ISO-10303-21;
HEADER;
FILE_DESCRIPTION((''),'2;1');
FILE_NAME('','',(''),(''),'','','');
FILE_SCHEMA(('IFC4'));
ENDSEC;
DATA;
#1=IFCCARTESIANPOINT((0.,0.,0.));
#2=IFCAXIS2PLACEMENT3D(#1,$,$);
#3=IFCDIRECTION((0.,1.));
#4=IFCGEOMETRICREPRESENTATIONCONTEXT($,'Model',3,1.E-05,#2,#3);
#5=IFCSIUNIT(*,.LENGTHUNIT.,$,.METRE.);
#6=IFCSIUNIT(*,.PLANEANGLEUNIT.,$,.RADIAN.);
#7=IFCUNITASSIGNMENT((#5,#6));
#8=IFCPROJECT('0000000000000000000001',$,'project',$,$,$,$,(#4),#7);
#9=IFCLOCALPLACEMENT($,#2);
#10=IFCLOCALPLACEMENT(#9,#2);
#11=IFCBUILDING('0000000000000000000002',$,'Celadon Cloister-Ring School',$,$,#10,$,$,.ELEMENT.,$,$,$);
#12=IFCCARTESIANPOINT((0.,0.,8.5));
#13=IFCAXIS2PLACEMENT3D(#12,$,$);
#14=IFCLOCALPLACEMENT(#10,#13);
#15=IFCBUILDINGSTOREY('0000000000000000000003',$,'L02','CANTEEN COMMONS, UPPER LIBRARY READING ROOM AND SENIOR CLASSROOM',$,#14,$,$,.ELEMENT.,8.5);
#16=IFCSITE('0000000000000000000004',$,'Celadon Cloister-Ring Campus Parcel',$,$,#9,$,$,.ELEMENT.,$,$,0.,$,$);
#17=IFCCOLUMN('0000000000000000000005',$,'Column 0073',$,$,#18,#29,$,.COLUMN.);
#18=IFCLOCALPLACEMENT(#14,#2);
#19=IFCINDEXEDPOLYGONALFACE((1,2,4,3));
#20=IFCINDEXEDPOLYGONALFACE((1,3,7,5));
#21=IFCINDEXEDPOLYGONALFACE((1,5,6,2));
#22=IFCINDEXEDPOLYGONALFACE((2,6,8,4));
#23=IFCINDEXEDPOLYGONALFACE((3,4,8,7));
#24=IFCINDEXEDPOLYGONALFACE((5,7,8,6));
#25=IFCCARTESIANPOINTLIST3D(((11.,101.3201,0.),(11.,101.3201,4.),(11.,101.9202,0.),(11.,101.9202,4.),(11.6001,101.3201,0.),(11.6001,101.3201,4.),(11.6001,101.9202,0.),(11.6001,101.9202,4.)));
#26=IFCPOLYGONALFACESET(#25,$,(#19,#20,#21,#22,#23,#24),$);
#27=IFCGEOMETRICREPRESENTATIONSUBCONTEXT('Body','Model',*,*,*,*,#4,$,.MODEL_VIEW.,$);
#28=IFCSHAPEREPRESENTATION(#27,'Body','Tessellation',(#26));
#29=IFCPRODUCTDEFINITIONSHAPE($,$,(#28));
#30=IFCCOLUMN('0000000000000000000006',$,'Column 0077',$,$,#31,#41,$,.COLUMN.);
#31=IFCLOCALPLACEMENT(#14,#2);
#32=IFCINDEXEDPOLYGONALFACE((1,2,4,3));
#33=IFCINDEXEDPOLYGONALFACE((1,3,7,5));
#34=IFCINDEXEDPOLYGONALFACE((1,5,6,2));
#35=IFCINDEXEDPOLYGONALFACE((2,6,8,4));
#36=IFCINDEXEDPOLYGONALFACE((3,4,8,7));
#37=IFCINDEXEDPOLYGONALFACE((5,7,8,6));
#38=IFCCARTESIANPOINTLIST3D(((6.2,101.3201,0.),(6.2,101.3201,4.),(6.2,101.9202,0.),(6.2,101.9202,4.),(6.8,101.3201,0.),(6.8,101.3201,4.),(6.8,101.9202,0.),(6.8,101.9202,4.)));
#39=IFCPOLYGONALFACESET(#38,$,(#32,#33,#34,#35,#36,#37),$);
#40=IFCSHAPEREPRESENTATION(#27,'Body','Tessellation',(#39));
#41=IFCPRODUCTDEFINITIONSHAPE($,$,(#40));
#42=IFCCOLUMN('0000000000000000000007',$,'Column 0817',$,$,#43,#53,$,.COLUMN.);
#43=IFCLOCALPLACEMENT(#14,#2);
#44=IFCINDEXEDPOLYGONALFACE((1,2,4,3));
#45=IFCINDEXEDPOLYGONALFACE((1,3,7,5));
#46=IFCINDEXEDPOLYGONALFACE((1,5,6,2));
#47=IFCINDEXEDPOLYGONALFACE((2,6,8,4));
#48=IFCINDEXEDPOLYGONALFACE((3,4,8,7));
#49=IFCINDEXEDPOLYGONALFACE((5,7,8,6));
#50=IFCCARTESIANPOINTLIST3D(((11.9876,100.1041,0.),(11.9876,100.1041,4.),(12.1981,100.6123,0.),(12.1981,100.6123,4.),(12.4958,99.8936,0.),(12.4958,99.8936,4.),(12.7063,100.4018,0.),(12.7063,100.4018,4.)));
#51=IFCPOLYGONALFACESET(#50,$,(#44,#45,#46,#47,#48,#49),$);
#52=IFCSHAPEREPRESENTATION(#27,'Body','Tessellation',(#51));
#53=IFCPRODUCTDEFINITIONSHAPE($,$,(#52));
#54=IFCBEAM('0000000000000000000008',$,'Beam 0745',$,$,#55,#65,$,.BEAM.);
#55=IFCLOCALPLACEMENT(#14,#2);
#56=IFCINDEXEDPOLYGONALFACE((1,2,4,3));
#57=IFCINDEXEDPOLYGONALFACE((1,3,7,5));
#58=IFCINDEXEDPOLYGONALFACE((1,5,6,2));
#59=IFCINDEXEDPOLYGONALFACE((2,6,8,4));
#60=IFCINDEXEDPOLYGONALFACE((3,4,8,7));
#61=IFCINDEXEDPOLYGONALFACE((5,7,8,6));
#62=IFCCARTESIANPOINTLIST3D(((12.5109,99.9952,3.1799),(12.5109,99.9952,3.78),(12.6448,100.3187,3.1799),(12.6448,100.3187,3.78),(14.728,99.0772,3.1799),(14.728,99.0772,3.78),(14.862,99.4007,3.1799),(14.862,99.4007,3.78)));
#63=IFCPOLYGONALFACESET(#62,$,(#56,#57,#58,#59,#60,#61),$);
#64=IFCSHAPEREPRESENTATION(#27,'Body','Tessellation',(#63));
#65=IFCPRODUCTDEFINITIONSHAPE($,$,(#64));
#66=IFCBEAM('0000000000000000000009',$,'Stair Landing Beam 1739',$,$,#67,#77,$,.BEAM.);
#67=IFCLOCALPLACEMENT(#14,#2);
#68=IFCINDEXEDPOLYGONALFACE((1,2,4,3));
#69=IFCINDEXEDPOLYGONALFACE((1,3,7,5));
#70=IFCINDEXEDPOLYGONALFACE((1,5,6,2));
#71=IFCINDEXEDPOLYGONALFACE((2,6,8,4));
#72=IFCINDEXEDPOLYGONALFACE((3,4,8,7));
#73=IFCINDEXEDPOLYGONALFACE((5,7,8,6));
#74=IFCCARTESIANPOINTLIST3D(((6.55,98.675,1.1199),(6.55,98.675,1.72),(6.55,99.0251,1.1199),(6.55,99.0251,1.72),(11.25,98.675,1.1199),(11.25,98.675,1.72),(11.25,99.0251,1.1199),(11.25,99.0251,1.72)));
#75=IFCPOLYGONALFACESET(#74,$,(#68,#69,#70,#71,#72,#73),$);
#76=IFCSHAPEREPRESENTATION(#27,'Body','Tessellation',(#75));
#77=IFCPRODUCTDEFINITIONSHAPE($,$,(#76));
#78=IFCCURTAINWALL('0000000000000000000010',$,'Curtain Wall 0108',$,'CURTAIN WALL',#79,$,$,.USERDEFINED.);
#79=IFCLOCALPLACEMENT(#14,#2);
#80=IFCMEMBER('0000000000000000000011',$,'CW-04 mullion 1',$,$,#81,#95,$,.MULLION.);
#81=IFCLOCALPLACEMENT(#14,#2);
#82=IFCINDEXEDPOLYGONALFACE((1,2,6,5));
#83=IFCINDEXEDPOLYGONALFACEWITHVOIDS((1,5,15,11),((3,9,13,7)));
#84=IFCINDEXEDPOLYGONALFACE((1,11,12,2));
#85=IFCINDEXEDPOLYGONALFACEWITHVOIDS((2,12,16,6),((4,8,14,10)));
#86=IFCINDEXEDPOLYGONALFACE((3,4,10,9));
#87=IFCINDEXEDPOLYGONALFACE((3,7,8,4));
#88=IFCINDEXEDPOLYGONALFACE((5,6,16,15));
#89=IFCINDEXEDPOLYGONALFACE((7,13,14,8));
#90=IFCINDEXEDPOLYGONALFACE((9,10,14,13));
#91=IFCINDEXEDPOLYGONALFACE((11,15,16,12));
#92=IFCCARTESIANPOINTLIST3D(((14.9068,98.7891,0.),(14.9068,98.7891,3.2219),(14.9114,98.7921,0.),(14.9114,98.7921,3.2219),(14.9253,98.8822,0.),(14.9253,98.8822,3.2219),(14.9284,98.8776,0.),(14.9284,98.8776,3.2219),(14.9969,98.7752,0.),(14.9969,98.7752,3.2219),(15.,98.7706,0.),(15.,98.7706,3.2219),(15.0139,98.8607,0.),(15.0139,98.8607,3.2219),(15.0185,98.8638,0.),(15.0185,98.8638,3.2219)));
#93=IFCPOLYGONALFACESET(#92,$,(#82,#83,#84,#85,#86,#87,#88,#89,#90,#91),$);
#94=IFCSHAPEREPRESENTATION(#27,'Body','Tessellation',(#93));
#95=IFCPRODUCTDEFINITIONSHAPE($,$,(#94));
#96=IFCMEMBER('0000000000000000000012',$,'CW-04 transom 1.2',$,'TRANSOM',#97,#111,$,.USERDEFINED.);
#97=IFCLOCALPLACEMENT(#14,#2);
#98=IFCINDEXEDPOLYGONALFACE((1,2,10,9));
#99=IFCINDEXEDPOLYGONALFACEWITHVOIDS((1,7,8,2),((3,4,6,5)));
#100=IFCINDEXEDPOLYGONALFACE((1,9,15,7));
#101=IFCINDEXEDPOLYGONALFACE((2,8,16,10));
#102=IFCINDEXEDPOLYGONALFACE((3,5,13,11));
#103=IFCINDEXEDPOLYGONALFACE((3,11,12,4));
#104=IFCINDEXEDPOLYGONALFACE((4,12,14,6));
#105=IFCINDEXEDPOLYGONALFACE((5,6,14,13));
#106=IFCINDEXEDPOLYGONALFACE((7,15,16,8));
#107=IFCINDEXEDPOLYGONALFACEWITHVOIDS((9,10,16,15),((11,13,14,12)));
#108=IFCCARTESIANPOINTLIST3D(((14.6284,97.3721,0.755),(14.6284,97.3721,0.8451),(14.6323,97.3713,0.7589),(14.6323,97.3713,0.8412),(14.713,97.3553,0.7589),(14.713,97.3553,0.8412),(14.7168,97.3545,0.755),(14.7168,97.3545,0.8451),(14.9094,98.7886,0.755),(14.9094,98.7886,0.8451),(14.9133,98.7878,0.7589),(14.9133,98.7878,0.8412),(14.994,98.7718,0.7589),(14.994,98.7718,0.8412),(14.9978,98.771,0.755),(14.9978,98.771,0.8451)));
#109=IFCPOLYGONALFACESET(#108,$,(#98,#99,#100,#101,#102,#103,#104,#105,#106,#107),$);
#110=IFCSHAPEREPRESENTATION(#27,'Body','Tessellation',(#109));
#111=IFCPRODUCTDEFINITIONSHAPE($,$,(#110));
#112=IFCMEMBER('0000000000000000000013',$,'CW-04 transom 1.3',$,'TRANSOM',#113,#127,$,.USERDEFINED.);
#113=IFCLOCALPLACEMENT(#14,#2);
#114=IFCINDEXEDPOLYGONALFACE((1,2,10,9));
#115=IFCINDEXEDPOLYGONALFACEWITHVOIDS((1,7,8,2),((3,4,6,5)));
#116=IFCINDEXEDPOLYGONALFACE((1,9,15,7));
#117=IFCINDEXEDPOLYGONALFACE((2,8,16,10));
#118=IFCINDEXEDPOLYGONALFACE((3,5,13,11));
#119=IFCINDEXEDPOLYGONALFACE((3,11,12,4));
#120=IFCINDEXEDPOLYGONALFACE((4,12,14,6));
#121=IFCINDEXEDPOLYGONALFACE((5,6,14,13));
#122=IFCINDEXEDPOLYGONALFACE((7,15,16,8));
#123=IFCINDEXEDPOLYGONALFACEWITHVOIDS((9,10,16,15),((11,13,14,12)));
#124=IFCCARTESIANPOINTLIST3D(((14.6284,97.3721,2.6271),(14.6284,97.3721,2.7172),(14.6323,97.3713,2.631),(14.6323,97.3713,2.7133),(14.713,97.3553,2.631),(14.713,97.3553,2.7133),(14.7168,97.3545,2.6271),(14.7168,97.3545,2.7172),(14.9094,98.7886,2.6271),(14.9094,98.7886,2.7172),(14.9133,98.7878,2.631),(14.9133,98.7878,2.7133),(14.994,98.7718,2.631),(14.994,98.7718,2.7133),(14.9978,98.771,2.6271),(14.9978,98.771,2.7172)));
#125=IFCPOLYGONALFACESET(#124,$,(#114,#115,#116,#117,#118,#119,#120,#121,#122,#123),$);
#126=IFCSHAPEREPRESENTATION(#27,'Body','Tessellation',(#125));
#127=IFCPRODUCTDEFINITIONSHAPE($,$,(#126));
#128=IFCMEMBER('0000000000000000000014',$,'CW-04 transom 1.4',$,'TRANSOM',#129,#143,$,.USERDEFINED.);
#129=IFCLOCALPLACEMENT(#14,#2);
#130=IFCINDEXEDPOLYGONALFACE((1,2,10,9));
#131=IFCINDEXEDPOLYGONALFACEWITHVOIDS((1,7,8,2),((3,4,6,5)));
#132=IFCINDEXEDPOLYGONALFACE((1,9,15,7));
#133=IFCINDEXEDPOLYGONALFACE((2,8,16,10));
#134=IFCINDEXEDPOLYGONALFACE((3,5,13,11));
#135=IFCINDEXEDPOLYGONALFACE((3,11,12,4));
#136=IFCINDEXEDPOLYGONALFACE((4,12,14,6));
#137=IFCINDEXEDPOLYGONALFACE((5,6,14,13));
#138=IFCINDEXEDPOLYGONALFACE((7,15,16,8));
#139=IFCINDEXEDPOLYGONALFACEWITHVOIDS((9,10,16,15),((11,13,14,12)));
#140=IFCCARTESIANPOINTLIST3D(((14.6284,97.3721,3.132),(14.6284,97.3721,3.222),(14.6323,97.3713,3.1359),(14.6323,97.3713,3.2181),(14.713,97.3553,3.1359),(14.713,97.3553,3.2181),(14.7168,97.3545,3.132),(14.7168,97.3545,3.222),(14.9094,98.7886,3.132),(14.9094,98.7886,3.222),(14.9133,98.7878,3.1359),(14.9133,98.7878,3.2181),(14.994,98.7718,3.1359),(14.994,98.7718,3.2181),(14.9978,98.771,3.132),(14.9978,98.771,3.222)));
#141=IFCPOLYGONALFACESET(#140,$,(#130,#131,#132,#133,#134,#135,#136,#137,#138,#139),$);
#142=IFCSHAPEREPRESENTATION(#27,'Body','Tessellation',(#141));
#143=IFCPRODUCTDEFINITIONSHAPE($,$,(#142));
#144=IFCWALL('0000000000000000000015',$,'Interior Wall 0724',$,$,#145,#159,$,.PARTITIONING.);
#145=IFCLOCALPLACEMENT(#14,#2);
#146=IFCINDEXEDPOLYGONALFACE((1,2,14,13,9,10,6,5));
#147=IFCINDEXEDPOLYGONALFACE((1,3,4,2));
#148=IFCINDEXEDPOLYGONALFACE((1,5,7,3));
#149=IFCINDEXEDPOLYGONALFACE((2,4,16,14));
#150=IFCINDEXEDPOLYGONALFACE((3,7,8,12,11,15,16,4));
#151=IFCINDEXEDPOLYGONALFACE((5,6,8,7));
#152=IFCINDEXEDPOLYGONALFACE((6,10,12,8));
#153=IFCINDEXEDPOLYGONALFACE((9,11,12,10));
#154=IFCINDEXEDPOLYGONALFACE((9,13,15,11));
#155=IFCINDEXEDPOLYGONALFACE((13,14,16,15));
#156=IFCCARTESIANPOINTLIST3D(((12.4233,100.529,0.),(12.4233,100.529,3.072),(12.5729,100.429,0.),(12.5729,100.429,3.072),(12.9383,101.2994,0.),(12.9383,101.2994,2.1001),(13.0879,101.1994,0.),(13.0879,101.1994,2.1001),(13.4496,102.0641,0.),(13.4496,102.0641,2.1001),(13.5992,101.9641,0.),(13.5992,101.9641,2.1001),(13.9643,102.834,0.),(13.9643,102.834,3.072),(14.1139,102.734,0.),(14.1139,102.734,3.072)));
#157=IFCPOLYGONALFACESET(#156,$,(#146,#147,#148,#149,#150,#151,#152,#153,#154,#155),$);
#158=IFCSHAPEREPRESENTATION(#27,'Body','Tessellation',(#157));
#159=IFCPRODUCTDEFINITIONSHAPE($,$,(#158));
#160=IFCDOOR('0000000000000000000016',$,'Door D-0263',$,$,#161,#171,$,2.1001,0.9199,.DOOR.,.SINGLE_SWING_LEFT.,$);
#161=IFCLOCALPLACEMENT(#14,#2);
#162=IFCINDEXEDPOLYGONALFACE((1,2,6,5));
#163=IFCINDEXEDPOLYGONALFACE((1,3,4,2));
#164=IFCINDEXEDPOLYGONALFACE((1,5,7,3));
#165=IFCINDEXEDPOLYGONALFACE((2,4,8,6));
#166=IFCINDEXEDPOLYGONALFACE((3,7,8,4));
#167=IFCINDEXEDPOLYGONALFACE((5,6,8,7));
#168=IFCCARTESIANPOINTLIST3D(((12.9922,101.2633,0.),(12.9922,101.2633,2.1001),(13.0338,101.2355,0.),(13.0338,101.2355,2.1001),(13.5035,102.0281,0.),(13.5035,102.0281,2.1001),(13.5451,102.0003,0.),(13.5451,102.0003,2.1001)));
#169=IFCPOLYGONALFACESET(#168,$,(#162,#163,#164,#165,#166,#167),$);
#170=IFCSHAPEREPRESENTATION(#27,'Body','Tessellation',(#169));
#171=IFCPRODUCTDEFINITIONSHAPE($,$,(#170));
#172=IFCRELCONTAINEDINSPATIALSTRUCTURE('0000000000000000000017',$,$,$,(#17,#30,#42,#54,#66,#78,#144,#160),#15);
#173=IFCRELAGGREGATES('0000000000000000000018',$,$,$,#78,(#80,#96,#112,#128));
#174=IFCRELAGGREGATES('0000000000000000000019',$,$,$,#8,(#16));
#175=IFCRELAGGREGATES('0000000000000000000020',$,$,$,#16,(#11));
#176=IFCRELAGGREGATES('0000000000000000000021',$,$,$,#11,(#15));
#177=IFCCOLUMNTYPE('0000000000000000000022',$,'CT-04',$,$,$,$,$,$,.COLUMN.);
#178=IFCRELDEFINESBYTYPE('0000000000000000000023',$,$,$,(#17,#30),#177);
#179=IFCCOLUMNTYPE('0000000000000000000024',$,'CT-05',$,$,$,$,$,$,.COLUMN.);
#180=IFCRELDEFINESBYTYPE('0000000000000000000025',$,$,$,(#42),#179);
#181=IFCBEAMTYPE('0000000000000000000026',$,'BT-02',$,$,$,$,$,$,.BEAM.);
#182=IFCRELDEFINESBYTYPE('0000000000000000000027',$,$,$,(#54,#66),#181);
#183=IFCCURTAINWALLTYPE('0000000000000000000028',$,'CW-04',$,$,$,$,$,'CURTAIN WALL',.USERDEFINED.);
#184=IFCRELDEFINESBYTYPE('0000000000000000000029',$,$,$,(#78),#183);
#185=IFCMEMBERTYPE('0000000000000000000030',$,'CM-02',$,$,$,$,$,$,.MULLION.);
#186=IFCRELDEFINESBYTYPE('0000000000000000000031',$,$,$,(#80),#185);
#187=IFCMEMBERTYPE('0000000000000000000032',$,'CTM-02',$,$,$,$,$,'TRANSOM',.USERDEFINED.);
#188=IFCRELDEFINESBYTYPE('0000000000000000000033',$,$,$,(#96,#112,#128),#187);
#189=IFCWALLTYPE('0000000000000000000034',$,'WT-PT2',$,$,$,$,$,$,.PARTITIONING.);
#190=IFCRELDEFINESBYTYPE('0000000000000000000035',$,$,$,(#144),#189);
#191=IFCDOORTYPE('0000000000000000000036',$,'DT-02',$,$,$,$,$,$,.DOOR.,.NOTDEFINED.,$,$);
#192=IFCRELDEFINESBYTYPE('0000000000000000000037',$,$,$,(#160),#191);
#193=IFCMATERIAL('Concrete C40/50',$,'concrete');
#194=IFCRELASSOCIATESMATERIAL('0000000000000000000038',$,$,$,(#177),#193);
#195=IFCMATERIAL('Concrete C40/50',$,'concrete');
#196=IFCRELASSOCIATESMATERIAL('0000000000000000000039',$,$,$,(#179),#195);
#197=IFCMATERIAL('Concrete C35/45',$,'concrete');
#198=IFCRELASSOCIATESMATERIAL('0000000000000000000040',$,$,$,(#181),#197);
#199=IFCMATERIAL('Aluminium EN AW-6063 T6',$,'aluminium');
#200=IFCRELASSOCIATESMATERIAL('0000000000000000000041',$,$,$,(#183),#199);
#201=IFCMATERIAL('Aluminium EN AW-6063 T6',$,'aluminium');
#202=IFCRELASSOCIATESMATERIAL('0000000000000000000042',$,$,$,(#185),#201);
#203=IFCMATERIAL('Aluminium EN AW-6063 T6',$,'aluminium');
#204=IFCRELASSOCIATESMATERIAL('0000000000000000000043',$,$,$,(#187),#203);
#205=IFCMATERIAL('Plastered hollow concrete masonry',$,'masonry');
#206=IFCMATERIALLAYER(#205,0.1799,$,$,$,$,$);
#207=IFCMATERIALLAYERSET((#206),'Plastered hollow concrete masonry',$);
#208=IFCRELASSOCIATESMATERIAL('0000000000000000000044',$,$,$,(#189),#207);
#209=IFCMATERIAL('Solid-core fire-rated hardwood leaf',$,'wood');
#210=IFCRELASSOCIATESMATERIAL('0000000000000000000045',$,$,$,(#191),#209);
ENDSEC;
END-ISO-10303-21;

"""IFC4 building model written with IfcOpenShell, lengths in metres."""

from ifc_helpers import new_model, si_unit, direction, frame, frame_2d, origin, origin_2d, place, context, subcontext, project, spatial, rectangle, hollow_rectangle, extrude, material, layer, layer_set, material_profile, profile_set, type_object, element, fill, aggregate, save


model = new_model("IFC4")

# Units and contexts
model_context = context("Model", 3, precision=1e-05, world=origin(), true_north=direction((0.0, 1.0)))
body_context = subcontext(model_context, "Body", "Model", "MODEL_VIEW")
ifc_project = project(units=[si_unit("LENGTHUNIT", "METRE"), si_unit("PLANEANGLEUNIT", "RADIAN")], contexts=[model_context])

# Site, building, storey
site_placement = place(None, origin())
site = spatial("IfcSite", under=ifc_project, at=site_placement, Name="Celadon Cloister-Ring Campus Parcel", CompositionType="ELEMENT", RefElevation=0.0)
building_placement = place(site_placement, origin())
building = spatial("IfcBuilding", under=site, at=building_placement, Name="Celadon Cloister-Ring School", CompositionType="ELEMENT")
storey_placement = place(building_placement, frame((0.0, 0.0, 8.5)))
storey = spatial("IfcBuildingStorey", under=building, at=storey_placement, Name="L02", Description="CANTEEN COMMONS, UPPER LIBRARY READING ROOM AND SENIOR CLASSROOM", CompositionType="ELEMENT", Elevation=8.5)

# Columns
ifc_material_1 = material(Name="Concrete C40/50", Category="concrete")
ifc_material_profile_1 = material_profile(ifc_material_1, rectangle(XDim=0.6001, YDim=0.6001, at=origin_2d()), Name="RC600X600")
ifc_profile_set_1 = profile_set([ifc_material_profile_1], Name="Concrete C40/50")
column_type_1 = type_object("IfcColumnType", Name="CT-04", PredefinedType="COLUMN", material=ifc_profile_set_1)
for number, where, z_axis, x_axis, name in (
    (1, (11.3, 101.6201, 0.0), (0.0, 0.0, 1.0), (1.0, 0.0, 0.0), "Column 0073"),
    (2, (6.5, 101.6201, 0.0), (0.0, 0.0, 1.0), (1.0, 0.0, 0.0), "Column 0077"),
):
    element("IfcColumn", number, at=place(storey_placement, frame(where, z_axis=z_axis, x_axis=x_axis)), inside=storey, type_object=column_type_1, Name=name, PredefinedType="COLUMN", context=body_context, shape_type="SweptSolid", body=[
        extrude(rectangle(XDim=0.6001, YDim=0.6001, at=origin_2d()), origin(), (0.0, 0.0, 1.0), 4.0),
    ])
ifc_material_2 = material(Name="Concrete C40/50", Category="concrete")
ifc_material_profile_2 = material_profile(ifc_material_2, rectangle(XDim=0.55, YDim=0.55, at=origin_2d()), Name="RC550X550")
ifc_profile_set_2 = profile_set([ifc_material_profile_2], Name="Concrete C40/50")
column_type_2 = type_object("IfcColumnType", Name="CT-05", PredefinedType="COLUMN", material=ifc_profile_set_2)
column_placement = place(storey_placement, frame((12.3469, 100.2529, 0.0), z_axis=(0.0, 0.0, 1.0), x_axis=(-0.92388, 0.382683, 0.0)))
element("IfcColumn", 3, at=column_placement, inside=storey, type_object=column_type_2, Name="Column 0817", PredefinedType="COLUMN", context=body_context, shape_type="SweptSolid", body=[
    extrude(rectangle(XDim=0.55, YDim=0.55, at=origin_2d()), origin(), (0.0, 0.0, 1.0), 4.0),
])

# Beams
ifc_material_3 = material(Name="Concrete C35/45", Category="concrete")
ifc_material_profile_3 = material_profile(ifc_material_3, rectangle(XDim=0.3501, YDim=0.6001, at=origin_2d()), Name="RC350X600")
ifc_profile_set_3 = profile_set([ifc_material_profile_3], Name="Concrete C35/45")
beam_type = type_object("IfcBeamType", Name="BT-02", PredefinedType="BEAM", material=ifc_profile_set_3)
beam_1_placement = place(storey_placement, frame((12.5779, 100.157, 3.48), z_axis=(0.923933, -0.382555, 0.0), x_axis=(0.382555, 0.923933, 0.0)))
element("IfcBeam", 4, at=beam_1_placement, inside=storey, type_object=beam_type, Name="Beam 0745", PredefinedType="BEAM", context=body_context, shape_type="SweptSolid", body=[
    extrude(rectangle(XDim=0.3501, YDim=0.6001, at=origin_2d()), origin(), (0.0, 0.0, 1.0), 2.3997),
])
beam_2_placement = place(storey_placement, frame((6.55, 98.8501, 1.4199), z_axis=(1.0, 0.0, 0.0), x_axis=(0.0, 1.0, 0.0)))
element("IfcBeam", 5, at=beam_2_placement, inside=storey, type_object=beam_type, Name="Stair Landing Beam 1739", PredefinedType="BEAM", context=body_context, shape_type="SweptSolid", body=[
    extrude(rectangle(XDim=0.3501, YDim=0.6001, at=origin_2d()), origin(), (0.0, 0.0, 1.0), 4.7),
])

# Curtain wall, members
ifc_material_4 = material(Name="Aluminium EN AW-6063 T6", Category="aluminium")
curtain_wall_type = type_object("IfcCurtainWallType", Name="CW-04", ElementType="CURTAIN WALL", PredefinedType="USERDEFINED", material=ifc_material_4)
curtain_wall_placement = place(storey_placement, origin())
curtain_wall = element("IfcCurtainWall", 6, at=curtain_wall_placement, inside=storey, type_object=curtain_wall_type, Name="Curtain Wall 0108", ObjectType="CURTAIN WALL", PredefinedType="USERDEFINED")
ifc_material_5 = material(Name="Aluminium EN AW-6063 T6", Category="aluminium")
ifc_material_profile_4 = material_profile(ifc_material_5, hollow_rectangle(XDim=0.095, YDim=0.095, WallThickness=0.0039, at=origin_2d()), Name="RHS95X95X4")
ifc_profile_set_4 = profile_set([ifc_material_profile_4], Name="Aluminium EN AW-6063 T6")
member_type_1 = type_object("IfcMemberType", Name="CM-02", PredefinedType="MULLION", material=ifc_profile_set_4)
member_1_placement = place(storey_placement, frame((14.9626, 98.8264, 0.0), z_axis=(0.0, 0.0, 1.0), x_axis=(0.980885, -0.194586, 0.0)))
member_1 = element("IfcMember", 7, at=member_1_placement, type_object=member_type_1, Name="CW-04 mullion 1", PredefinedType="MULLION", context=body_context, shape_type="SweptSolid", body=[
    extrude(hollow_rectangle(XDim=0.095, YDim=0.095, WallThickness=0.0039, at=origin_2d()), origin(), (0.0, 0.0, 1.0), 3.2219),
])
ifc_material_6 = material(Name="Aluminium EN AW-6063 T6", Category="aluminium")
ifc_material_profile_5 = material_profile(ifc_material_6, hollow_rectangle(XDim=0.0901, YDim=0.0901, WallThickness=0.0039, at=origin_2d()), Name="RHS90X90X4")
ifc_profile_set_5 = profile_set([ifc_material_profile_5], Name="Aluminium EN AW-6063 T6")
member_type_2 = type_object("IfcMemberType", Name="CTM-02", ElementType="TRANSOM", PredefinedType="USERDEFINED", material=ifc_profile_set_5)
member_2_placement = place(storey_placement, frame((14.9536, 98.7798, 0.8), z_axis=(-0.194588, -0.980885, 0.0), x_axis=(0.980885, -0.194588, 0.0)))
member_2 = element("IfcMember", 8, at=member_2_placement, type_object=member_type_2, Name="CW-04 transom 1.2", ObjectType="TRANSOM", PredefinedType="USERDEFINED", context=body_context, shape_type="SweptSolid", body=[
    extrude(hollow_rectangle(XDim=0.0901, YDim=0.0901, WallThickness=0.0039, at=origin_2d()), origin(), (0.0, 0.0, 1.0), 1.4441),
])
member_3_placement = place(storey_placement, frame((14.9536, 98.7798, 2.6721), z_axis=(-0.194588, -0.980885, 0.0), x_axis=(0.980885, -0.194588, 0.0)))
member_3 = element("IfcMember", 9, at=member_3_placement, type_object=member_type_2, Name="CW-04 transom 1.3", ObjectType="TRANSOM", PredefinedType="USERDEFINED", context=body_context, shape_type="SweptSolid", body=[
    extrude(hollow_rectangle(XDim=0.0901, YDim=0.0901, WallThickness=0.0039, at=origin_2d()), origin(), (0.0, 0.0, 1.0), 1.4441),
])
member_4_placement = place(storey_placement, frame((14.9536, 98.7798, 3.177), z_axis=(-0.194588, -0.980885, 0.0), x_axis=(0.980885, -0.194588, 0.0)))
member_4 = element("IfcMember", 10, at=member_4_placement, type_object=member_type_2, Name="CW-04 transom 1.4", ObjectType="TRANSOM", PredefinedType="USERDEFINED", context=body_context, shape_type="SweptSolid", body=[
    extrude(hollow_rectangle(XDim=0.0901, YDim=0.0901, WallThickness=0.0039, at=origin_2d()), origin(), (0.0, 0.0, 1.0), 1.4441),
])
aggregate(curtain_wall, [member_1, member_2, member_3, member_4])

# Wall, opening, door
ifc_material_7 = material(Name="Plastered hollow concrete masonry", Category="masonry")
ifc_layer_1 = layer(ifc_material_7, 0.1799)
ifc_layer_set_1 = layer_set([ifc_layer_1], Name="Plastered hollow concrete masonry")
wall_type_1 = type_object("IfcWallType", Name="WT-PT2", PredefinedType="PARTITIONING", material=ifc_layer_set_1)
wall_1_placement = place(storey_placement, frame((14.0391, 102.7839, 0.0), z_axis=(0.0, 0.0, 1.0), x_axis=(-0.555797, -0.831318, 0.0)))
wall_1 = element("IfcWall", 11, at=wall_1_placement, inside=storey, type_object=wall_type_1, Name="Interior Wall 0724", PredefinedType="PARTITIONING", context=body_context, shape_type="SweptSolid", body=[
    extrude(rectangle(XDim=2.7727, YDim=0.1799, at=frame_2d((1.3862, 0.0))), origin(), (0.0, 0.0, 1.0), 3.072),
])
opening_1_placement = place(wall_1_placement, frame((0.926, 0.0, 0.0)))
opening_1 = element("IfcOpeningElement", 12, at=opening_1_placement, cuts=wall_1, PredefinedType="OPENING", context=body_context, shape_type="SweptSolid", body=[
    extrude(rectangle(XDim=0.9199, YDim=2.1001, at=frame_2d((0.46, 1.05))), frame((0.0, 0.1001, 0.0), z_axis=(0.0, -1.0, 0.0), x_axis=(1.0, 0.0, 0.0)), (0.0, 0.0, 1.0), 0.2),
])
ifc_material_8 = material(Name="Solid-core fire-rated hardwood leaf", Category="wood")
door_type_1 = type_object("IfcDoorType", Name="DT-02", OperationType="NOTDEFINED", PredefinedType="DOOR", material=ifc_material_8)
door_1_placement = place(opening_1_placement, origin())
door_1 = element("IfcDoor", 13, at=door_1_placement, inside=storey, type_object=door_type_1, Name="Door D-0263", OperationType="SINGLE_SWING_LEFT", OverallHeight=2.1001, OverallWidth=0.9199, PredefinedType="DOOR", context=body_context, shape_type="SweptSolid", body=[
    extrude(rectangle(XDim=0.9199, YDim=2.1001, at=frame_2d((0.46, 1.05))), frame((0.0, 0.0249, 0.0), z_axis=(0.0, -1.0, 0.0), x_axis=(1.0, 0.0, 0.0)), (0.0, 0.0, 1.0), 0.05),
])
fill(opening_1, door_1)

save(model, "model.ifc")
